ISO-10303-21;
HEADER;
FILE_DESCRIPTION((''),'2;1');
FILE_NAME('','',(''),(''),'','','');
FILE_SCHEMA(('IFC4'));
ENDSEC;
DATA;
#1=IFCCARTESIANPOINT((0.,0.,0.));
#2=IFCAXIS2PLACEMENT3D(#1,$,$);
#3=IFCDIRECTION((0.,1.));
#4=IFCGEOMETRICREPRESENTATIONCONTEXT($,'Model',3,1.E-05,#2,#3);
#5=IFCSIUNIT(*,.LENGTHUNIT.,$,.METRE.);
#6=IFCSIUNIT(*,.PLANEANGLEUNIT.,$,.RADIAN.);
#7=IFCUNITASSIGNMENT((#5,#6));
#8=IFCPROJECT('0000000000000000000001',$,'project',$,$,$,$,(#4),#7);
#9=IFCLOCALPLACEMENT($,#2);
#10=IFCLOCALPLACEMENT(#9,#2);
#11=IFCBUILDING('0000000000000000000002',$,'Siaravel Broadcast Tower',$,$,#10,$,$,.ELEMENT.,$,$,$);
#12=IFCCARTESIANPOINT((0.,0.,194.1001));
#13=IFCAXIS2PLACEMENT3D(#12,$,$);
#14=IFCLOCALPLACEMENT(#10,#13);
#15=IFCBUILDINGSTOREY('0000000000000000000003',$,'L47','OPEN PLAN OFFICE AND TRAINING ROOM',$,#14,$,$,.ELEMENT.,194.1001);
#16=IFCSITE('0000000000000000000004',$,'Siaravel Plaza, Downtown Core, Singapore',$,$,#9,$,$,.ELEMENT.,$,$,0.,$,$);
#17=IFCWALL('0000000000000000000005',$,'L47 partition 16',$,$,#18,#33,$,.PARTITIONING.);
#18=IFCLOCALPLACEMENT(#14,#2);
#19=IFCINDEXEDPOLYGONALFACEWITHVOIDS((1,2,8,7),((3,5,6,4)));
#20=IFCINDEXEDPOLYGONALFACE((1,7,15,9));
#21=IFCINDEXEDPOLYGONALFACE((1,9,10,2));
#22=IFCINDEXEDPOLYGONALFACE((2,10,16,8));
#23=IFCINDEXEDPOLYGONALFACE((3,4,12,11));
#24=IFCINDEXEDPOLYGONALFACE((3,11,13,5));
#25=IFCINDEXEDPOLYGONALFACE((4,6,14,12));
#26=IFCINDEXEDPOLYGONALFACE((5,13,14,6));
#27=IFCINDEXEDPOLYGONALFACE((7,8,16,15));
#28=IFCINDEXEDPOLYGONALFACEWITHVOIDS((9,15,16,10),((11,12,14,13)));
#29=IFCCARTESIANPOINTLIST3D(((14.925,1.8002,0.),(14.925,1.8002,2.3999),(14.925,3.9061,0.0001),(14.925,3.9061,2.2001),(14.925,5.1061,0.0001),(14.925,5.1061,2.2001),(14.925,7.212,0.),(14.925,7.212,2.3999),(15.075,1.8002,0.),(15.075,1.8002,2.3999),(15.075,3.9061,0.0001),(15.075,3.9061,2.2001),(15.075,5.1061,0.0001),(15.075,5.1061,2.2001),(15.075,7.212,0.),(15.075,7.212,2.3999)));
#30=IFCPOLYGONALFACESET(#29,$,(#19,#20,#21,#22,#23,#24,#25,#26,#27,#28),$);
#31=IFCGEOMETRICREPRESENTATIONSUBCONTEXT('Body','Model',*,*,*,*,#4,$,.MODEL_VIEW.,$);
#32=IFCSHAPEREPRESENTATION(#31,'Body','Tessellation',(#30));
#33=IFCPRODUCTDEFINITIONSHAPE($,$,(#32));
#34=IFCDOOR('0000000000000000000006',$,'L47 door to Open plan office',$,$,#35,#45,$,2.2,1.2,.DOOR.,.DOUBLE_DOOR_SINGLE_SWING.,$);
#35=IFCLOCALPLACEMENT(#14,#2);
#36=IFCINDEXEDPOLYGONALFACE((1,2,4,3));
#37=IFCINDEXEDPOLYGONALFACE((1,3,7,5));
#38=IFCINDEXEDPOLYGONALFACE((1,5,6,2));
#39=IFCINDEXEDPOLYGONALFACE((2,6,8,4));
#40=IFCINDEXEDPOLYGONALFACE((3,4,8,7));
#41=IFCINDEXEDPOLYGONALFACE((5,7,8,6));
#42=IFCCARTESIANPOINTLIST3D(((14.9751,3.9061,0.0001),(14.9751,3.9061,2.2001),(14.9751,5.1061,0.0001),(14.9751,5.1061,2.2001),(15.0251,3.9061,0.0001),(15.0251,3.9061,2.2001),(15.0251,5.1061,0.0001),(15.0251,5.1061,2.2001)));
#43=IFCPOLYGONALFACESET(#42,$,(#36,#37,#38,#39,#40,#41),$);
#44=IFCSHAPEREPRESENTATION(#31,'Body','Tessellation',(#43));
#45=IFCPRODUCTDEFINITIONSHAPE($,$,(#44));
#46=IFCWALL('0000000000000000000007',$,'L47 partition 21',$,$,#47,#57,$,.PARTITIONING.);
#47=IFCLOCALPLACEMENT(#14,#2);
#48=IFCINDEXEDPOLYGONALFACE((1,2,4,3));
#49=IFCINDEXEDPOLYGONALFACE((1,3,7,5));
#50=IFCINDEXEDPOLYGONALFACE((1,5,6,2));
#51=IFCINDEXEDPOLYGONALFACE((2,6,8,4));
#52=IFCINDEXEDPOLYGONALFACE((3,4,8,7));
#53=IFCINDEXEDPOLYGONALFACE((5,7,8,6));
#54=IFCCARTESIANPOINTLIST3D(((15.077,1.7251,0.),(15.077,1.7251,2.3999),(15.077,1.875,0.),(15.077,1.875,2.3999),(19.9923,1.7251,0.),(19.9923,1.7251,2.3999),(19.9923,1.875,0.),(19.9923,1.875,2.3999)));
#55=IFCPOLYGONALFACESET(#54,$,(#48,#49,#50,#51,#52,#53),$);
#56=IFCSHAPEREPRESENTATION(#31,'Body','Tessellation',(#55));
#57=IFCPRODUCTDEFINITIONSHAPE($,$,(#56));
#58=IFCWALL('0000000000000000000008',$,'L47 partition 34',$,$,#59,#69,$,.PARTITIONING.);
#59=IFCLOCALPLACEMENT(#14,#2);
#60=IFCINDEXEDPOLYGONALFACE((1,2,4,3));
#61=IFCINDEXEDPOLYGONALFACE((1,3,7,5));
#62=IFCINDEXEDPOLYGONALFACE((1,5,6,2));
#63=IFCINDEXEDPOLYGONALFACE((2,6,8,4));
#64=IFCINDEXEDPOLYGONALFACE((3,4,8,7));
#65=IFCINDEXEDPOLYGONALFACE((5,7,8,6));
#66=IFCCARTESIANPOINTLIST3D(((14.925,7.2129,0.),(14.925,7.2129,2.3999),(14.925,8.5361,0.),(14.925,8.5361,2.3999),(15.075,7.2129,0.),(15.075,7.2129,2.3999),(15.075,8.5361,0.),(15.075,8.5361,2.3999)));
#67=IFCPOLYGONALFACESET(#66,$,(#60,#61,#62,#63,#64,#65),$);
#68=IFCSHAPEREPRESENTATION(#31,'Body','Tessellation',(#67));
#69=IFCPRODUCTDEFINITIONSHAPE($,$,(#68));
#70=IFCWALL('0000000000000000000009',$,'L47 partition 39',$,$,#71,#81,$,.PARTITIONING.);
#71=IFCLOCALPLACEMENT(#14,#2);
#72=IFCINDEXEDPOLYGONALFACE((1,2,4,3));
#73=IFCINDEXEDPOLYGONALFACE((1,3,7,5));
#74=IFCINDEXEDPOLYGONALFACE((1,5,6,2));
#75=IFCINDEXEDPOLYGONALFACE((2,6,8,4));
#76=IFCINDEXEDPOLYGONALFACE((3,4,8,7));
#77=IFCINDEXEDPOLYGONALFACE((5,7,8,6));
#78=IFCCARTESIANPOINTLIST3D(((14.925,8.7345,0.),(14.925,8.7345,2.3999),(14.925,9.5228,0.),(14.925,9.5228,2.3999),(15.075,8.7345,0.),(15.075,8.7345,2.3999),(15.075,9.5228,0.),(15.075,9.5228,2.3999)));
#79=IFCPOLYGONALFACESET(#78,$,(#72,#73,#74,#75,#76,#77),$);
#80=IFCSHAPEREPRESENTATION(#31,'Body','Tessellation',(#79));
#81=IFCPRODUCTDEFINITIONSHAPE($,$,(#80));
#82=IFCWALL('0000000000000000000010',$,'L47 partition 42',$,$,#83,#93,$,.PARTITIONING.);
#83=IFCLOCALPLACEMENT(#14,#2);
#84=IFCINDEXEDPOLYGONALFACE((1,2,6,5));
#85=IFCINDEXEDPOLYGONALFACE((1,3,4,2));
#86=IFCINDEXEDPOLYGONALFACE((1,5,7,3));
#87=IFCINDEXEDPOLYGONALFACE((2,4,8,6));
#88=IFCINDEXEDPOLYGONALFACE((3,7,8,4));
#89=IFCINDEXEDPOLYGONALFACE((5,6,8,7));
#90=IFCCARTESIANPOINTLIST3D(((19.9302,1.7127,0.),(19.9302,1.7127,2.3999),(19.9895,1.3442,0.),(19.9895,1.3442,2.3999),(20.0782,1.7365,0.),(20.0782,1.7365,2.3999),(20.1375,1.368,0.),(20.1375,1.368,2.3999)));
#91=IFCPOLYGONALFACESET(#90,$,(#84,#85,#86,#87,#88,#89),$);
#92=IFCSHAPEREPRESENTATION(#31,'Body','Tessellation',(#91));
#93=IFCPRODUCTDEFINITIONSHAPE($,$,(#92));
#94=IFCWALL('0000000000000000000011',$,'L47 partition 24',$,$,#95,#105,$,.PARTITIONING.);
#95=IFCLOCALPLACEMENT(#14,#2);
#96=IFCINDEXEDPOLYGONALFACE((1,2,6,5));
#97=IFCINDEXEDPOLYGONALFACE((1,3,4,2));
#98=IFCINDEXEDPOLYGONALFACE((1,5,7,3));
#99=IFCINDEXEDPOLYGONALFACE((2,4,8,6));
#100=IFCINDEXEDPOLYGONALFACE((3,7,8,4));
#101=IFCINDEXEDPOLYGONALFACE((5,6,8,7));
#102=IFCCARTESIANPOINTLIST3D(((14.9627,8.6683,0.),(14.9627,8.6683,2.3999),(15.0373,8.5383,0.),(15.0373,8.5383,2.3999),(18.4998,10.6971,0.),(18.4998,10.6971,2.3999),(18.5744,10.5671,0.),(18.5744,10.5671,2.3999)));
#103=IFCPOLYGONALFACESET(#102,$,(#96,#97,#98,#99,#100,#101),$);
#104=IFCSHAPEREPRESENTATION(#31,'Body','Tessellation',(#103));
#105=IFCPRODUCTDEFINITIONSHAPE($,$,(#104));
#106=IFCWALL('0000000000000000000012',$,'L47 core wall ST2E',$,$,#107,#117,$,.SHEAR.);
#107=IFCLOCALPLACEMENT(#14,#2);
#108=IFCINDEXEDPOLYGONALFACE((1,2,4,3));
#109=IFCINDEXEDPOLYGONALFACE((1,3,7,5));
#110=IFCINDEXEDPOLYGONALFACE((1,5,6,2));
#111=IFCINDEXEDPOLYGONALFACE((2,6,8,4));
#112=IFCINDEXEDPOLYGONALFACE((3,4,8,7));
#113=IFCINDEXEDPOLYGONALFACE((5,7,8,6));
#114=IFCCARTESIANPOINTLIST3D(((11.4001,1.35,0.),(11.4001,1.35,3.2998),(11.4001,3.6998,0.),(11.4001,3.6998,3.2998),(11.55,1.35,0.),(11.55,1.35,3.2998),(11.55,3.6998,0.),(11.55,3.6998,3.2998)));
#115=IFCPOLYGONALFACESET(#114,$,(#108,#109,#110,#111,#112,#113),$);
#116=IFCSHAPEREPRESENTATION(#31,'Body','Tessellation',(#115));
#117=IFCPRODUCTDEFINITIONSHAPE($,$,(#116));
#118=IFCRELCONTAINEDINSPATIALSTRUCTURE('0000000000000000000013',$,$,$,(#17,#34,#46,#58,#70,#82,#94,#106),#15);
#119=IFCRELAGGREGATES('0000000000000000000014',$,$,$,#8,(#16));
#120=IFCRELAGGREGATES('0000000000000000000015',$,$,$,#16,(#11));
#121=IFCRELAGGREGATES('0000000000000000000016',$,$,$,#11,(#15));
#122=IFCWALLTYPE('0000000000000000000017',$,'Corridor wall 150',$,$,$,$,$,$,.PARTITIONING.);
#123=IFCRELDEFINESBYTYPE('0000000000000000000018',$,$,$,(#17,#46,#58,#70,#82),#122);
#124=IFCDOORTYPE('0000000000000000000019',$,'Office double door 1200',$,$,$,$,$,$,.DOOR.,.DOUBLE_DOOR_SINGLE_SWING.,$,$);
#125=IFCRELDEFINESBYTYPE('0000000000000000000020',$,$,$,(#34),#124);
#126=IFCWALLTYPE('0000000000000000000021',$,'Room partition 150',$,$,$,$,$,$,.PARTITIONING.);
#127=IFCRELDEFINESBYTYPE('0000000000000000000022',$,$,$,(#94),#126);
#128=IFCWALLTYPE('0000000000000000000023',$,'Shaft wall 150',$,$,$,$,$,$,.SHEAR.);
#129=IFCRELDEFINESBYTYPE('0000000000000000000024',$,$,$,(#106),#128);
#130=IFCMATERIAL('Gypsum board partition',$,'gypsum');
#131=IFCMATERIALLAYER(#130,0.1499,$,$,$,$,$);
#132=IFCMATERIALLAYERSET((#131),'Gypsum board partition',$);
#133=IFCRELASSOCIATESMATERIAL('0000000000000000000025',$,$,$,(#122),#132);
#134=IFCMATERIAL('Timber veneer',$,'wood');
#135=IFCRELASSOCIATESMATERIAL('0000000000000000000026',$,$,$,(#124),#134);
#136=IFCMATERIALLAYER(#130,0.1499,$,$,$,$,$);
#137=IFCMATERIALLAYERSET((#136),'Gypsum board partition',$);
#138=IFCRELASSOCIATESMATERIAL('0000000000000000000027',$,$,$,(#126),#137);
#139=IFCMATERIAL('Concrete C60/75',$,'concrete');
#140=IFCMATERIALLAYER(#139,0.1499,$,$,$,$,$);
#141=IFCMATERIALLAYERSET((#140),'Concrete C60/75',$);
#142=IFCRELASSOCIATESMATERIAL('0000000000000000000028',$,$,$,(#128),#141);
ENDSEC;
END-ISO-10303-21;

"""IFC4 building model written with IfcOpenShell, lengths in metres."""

from ifc_helpers import new_model, si_unit, direction, frame, frame_2d, origin, place, context, subcontext, project, spatial, rectangle, extrude, material, layer, layer_set, type_object, element, fill, save


model = new_model("IFC4")

# Units and contexts
model_context = context("Model", 3, precision=1e-05, world=origin(), true_north=direction((0.0, 1.0)))
body_context = subcontext(model_context, "Body", "Model", "MODEL_VIEW")
ifc_project = project(units=[si_unit("LENGTHUNIT", "METRE"), si_unit("PLANEANGLEUNIT", "RADIAN")], contexts=[model_context])

# Site, building, storey
site_placement = place(None, origin())
site = spatial("IfcSite", under=ifc_project, at=site_placement, Name="Siaravel Plaza, Downtown Core, Singapore", CompositionType="ELEMENT", RefElevation=0.0)
building_placement = place(site_placement, origin())
building = spatial("IfcBuilding", under=site, at=building_placement, Name="Siaravel Broadcast Tower", CompositionType="ELEMENT")
storey_placement = place(building_placement, frame((0.0, 0.0, 194.1001)))
storey = spatial("IfcBuildingStorey", under=building, at=storey_placement, Name="L47", Description="OPEN PLAN OFFICE AND TRAINING ROOM", CompositionType="ELEMENT", Elevation=194.1001)

# Shared definitions
ifc_material_1 = material(Name="Concrete C60/75", Category="concrete")

# Wall, opening, door
ifc_material_2 = material(Name="Gypsum board partition", Category="gypsum")
ifc_layer_1 = layer(ifc_material_2, 0.1499)
ifc_layer_set_1 = layer_set([ifc_layer_1], Name="Gypsum board partition")
wall_type_1 = type_object("IfcWallType", Name="Corridor wall 150", PredefinedType="PARTITIONING", material=ifc_layer_set_1)
ifc_material_3 = material(Name="Timber veneer", Category="wood")
door_type = type_object("IfcDoorType", Name="Office double door 1200", OperationType="DOUBLE_DOOR_SINGLE_SWING", PredefinedType="DOOR", material=ifc_material_3)
wall_1_placement = place(storey_placement, frame((15.0, 1.8, 0.0), z_axis=(0.0, 0.0, 1.0), x_axis=(0.0, 1.0, 0.0)))
wall_1 = element("IfcWall", 1, at=wall_1_placement, inside=storey, type_object=wall_type_1, Name="L47 partition 16", PredefinedType="PARTITIONING", context=body_context, shape_type="SweptSolid", body=[
    extrude(rectangle(XDim=5.4119, YDim=0.1499, at=frame_2d((2.7061, 0.0))), origin(), (0.0, 0.0, 1.0), 2.3999),
])
opening_1_placement = place(wall_1_placement, frame((2.106, 0.0, 0.0)))
opening_1 = element("IfcOpeningElement", 2, at=opening_1_placement, cuts=wall_1, PredefinedType="OPENING", context=body_context, shape_type="SweptSolid", body=[
    extrude(rectangle(XDim=1.2, YDim=2.2, at=frame_2d((0.6001, 1.1001))), frame((0.0, 0.085, 0.0), z_axis=(0.0, -1.0, 0.0), x_axis=(1.0, 0.0, 0.0)), (0.0, 0.0, 1.0), 0.1699),
])
door_1_placement = place(opening_1_placement, origin())
door_1 = element("IfcDoor", 3, at=door_1_placement, inside=storey, type_object=door_type, Name="L47 door to Open plan office", OperationType="DOUBLE_DOOR_SINGLE_SWING", OverallHeight=2.2, OverallWidth=1.2, PredefinedType="DOOR", context=body_context, shape_type="SweptSolid", body=[
    extrude(rectangle(XDim=1.2, YDim=2.2, at=frame_2d((0.6001, 1.1001))), frame((0.0, 0.0249, 0.0), z_axis=(0.0, -1.0, 0.0), x_axis=(1.0, 0.0, 0.0)), (0.0, 0.0, 1.0), 0.05),
])
fill(opening_1, door_1)

# Walls
wall_2_placement = place(storey_placement, frame((19.9922, 1.8, 0.0), z_axis=(0.0, 0.0, 1.0), x_axis=(-1.0, 0.0, 0.0)))
element("IfcWall", 4, at=wall_2_placement, inside=storey, type_object=wall_type_1, Name="L47 partition 21", PredefinedType="PARTITIONING", context=body_context, shape_type="SweptSolid", body=[
    extrude(rectangle(XDim=4.9153, YDim=0.1499, at=frame_2d((2.4575, 0.0))), origin(), (0.0, 0.0, 1.0), 2.3999),
])
wall_3_placement = place(storey_placement, frame((15.0, 7.2129, 0.0), z_axis=(0.0, 0.0, 1.0), x_axis=(0.0, 1.0, 0.0)))
element("IfcWall", 5, at=wall_3_placement, inside=storey, type_object=wall_type_1, Name="L47 partition 34", PredefinedType="PARTITIONING", context=body_context, shape_type="SweptSolid", body=[
    extrude(rectangle(XDim=1.3232, YDim=0.1499, at=frame_2d((0.6616, 0.0))), origin(), (0.0, 0.0, 1.0), 2.3999),
])
wall_4_placement = place(storey_placement, frame((15.0, 8.7346, 0.0), z_axis=(0.0, 0.0, 1.0), x_axis=(0.0, 1.0, 0.0)))
element("IfcWall", 6, at=wall_4_placement, inside=storey, type_object=wall_type_1, Name="L47 partition 39", PredefinedType="PARTITIONING", context=body_context, shape_type="SweptSolid", body=[
    extrude(rectangle(XDim=0.7883, YDim=0.1499, at=frame_2d((0.394, 0.0))), origin(), (0.0, 0.0, 1.0), 2.3999),
])
wall_5_placement = place(storey_placement, frame((20.0635, 1.3562, 0.0), z_axis=(0.0, 0.0, 1.0), x_axis=(-0.158883, 0.987297, 0.0)))
element("IfcWall", 7, at=wall_5_placement, inside=storey, type_object=wall_type_1, Name="L47 partition 42", PredefinedType="PARTITIONING", context=body_context, shape_type="SweptSolid", body=[
    extrude(rectangle(XDim=0.3733, YDim=0.1499, at=frame_2d((0.1865, 0.0))), origin(), (0.0, 0.0, 1.0), 2.3999),
])
ifc_layer_2 = layer(ifc_material_2, 0.1499)
ifc_layer_set_2 = layer_set([ifc_layer_2], Name="Gypsum board partition")
wall_type_2 = type_object("IfcWallType", Name="Room partition 150", PredefinedType="PARTITIONING", material=ifc_layer_set_2)
wall_6_placement = place(storey_placement, frame((18.5371, 10.6321, 0.0), z_axis=(0.0, 0.0, 1.0), x_axis=(-0.867439, -0.497544, 0.0)))
element("IfcWall", 8, at=wall_6_placement, inside=storey, type_object=wall_type_2, Name="L47 partition 24", PredefinedType="PARTITIONING", context=body_context, shape_type="SweptSolid", body=[
    extrude(rectangle(XDim=4.0776, YDim=0.1499, at=frame_2d((2.0388, 0.0))), origin(), (0.0, 0.0, 1.0), 2.3999),
])
ifc_layer_3 = layer(ifc_material_1, 0.1499)
ifc_layer_set_3 = layer_set([ifc_layer_3], Name="Concrete C60/75")
wall_type_3 = type_object("IfcWallType", Name="Shaft wall 150", PredefinedType="SHEAR", material=ifc_layer_set_3)
wall_7_placement = place(storey_placement, frame((11.4751, 1.3501, 0.0), z_axis=(0.0, 0.0, 1.0), x_axis=(0.0, 1.0, 0.0)))
element("IfcWall", 9, at=wall_7_placement, inside=storey, type_object=wall_type_3, Name="L47 core wall ST2E", PredefinedType="SHEAR", context=body_context, shape_type="SweptSolid", body=[
    extrude(rectangle(XDim=2.3499, YDim=0.1499, at=frame_2d((1.1748, 0.0))), origin(), (0.0, 0.0, 1.0), 3.2998),
])

save(model, "model.ifc")
